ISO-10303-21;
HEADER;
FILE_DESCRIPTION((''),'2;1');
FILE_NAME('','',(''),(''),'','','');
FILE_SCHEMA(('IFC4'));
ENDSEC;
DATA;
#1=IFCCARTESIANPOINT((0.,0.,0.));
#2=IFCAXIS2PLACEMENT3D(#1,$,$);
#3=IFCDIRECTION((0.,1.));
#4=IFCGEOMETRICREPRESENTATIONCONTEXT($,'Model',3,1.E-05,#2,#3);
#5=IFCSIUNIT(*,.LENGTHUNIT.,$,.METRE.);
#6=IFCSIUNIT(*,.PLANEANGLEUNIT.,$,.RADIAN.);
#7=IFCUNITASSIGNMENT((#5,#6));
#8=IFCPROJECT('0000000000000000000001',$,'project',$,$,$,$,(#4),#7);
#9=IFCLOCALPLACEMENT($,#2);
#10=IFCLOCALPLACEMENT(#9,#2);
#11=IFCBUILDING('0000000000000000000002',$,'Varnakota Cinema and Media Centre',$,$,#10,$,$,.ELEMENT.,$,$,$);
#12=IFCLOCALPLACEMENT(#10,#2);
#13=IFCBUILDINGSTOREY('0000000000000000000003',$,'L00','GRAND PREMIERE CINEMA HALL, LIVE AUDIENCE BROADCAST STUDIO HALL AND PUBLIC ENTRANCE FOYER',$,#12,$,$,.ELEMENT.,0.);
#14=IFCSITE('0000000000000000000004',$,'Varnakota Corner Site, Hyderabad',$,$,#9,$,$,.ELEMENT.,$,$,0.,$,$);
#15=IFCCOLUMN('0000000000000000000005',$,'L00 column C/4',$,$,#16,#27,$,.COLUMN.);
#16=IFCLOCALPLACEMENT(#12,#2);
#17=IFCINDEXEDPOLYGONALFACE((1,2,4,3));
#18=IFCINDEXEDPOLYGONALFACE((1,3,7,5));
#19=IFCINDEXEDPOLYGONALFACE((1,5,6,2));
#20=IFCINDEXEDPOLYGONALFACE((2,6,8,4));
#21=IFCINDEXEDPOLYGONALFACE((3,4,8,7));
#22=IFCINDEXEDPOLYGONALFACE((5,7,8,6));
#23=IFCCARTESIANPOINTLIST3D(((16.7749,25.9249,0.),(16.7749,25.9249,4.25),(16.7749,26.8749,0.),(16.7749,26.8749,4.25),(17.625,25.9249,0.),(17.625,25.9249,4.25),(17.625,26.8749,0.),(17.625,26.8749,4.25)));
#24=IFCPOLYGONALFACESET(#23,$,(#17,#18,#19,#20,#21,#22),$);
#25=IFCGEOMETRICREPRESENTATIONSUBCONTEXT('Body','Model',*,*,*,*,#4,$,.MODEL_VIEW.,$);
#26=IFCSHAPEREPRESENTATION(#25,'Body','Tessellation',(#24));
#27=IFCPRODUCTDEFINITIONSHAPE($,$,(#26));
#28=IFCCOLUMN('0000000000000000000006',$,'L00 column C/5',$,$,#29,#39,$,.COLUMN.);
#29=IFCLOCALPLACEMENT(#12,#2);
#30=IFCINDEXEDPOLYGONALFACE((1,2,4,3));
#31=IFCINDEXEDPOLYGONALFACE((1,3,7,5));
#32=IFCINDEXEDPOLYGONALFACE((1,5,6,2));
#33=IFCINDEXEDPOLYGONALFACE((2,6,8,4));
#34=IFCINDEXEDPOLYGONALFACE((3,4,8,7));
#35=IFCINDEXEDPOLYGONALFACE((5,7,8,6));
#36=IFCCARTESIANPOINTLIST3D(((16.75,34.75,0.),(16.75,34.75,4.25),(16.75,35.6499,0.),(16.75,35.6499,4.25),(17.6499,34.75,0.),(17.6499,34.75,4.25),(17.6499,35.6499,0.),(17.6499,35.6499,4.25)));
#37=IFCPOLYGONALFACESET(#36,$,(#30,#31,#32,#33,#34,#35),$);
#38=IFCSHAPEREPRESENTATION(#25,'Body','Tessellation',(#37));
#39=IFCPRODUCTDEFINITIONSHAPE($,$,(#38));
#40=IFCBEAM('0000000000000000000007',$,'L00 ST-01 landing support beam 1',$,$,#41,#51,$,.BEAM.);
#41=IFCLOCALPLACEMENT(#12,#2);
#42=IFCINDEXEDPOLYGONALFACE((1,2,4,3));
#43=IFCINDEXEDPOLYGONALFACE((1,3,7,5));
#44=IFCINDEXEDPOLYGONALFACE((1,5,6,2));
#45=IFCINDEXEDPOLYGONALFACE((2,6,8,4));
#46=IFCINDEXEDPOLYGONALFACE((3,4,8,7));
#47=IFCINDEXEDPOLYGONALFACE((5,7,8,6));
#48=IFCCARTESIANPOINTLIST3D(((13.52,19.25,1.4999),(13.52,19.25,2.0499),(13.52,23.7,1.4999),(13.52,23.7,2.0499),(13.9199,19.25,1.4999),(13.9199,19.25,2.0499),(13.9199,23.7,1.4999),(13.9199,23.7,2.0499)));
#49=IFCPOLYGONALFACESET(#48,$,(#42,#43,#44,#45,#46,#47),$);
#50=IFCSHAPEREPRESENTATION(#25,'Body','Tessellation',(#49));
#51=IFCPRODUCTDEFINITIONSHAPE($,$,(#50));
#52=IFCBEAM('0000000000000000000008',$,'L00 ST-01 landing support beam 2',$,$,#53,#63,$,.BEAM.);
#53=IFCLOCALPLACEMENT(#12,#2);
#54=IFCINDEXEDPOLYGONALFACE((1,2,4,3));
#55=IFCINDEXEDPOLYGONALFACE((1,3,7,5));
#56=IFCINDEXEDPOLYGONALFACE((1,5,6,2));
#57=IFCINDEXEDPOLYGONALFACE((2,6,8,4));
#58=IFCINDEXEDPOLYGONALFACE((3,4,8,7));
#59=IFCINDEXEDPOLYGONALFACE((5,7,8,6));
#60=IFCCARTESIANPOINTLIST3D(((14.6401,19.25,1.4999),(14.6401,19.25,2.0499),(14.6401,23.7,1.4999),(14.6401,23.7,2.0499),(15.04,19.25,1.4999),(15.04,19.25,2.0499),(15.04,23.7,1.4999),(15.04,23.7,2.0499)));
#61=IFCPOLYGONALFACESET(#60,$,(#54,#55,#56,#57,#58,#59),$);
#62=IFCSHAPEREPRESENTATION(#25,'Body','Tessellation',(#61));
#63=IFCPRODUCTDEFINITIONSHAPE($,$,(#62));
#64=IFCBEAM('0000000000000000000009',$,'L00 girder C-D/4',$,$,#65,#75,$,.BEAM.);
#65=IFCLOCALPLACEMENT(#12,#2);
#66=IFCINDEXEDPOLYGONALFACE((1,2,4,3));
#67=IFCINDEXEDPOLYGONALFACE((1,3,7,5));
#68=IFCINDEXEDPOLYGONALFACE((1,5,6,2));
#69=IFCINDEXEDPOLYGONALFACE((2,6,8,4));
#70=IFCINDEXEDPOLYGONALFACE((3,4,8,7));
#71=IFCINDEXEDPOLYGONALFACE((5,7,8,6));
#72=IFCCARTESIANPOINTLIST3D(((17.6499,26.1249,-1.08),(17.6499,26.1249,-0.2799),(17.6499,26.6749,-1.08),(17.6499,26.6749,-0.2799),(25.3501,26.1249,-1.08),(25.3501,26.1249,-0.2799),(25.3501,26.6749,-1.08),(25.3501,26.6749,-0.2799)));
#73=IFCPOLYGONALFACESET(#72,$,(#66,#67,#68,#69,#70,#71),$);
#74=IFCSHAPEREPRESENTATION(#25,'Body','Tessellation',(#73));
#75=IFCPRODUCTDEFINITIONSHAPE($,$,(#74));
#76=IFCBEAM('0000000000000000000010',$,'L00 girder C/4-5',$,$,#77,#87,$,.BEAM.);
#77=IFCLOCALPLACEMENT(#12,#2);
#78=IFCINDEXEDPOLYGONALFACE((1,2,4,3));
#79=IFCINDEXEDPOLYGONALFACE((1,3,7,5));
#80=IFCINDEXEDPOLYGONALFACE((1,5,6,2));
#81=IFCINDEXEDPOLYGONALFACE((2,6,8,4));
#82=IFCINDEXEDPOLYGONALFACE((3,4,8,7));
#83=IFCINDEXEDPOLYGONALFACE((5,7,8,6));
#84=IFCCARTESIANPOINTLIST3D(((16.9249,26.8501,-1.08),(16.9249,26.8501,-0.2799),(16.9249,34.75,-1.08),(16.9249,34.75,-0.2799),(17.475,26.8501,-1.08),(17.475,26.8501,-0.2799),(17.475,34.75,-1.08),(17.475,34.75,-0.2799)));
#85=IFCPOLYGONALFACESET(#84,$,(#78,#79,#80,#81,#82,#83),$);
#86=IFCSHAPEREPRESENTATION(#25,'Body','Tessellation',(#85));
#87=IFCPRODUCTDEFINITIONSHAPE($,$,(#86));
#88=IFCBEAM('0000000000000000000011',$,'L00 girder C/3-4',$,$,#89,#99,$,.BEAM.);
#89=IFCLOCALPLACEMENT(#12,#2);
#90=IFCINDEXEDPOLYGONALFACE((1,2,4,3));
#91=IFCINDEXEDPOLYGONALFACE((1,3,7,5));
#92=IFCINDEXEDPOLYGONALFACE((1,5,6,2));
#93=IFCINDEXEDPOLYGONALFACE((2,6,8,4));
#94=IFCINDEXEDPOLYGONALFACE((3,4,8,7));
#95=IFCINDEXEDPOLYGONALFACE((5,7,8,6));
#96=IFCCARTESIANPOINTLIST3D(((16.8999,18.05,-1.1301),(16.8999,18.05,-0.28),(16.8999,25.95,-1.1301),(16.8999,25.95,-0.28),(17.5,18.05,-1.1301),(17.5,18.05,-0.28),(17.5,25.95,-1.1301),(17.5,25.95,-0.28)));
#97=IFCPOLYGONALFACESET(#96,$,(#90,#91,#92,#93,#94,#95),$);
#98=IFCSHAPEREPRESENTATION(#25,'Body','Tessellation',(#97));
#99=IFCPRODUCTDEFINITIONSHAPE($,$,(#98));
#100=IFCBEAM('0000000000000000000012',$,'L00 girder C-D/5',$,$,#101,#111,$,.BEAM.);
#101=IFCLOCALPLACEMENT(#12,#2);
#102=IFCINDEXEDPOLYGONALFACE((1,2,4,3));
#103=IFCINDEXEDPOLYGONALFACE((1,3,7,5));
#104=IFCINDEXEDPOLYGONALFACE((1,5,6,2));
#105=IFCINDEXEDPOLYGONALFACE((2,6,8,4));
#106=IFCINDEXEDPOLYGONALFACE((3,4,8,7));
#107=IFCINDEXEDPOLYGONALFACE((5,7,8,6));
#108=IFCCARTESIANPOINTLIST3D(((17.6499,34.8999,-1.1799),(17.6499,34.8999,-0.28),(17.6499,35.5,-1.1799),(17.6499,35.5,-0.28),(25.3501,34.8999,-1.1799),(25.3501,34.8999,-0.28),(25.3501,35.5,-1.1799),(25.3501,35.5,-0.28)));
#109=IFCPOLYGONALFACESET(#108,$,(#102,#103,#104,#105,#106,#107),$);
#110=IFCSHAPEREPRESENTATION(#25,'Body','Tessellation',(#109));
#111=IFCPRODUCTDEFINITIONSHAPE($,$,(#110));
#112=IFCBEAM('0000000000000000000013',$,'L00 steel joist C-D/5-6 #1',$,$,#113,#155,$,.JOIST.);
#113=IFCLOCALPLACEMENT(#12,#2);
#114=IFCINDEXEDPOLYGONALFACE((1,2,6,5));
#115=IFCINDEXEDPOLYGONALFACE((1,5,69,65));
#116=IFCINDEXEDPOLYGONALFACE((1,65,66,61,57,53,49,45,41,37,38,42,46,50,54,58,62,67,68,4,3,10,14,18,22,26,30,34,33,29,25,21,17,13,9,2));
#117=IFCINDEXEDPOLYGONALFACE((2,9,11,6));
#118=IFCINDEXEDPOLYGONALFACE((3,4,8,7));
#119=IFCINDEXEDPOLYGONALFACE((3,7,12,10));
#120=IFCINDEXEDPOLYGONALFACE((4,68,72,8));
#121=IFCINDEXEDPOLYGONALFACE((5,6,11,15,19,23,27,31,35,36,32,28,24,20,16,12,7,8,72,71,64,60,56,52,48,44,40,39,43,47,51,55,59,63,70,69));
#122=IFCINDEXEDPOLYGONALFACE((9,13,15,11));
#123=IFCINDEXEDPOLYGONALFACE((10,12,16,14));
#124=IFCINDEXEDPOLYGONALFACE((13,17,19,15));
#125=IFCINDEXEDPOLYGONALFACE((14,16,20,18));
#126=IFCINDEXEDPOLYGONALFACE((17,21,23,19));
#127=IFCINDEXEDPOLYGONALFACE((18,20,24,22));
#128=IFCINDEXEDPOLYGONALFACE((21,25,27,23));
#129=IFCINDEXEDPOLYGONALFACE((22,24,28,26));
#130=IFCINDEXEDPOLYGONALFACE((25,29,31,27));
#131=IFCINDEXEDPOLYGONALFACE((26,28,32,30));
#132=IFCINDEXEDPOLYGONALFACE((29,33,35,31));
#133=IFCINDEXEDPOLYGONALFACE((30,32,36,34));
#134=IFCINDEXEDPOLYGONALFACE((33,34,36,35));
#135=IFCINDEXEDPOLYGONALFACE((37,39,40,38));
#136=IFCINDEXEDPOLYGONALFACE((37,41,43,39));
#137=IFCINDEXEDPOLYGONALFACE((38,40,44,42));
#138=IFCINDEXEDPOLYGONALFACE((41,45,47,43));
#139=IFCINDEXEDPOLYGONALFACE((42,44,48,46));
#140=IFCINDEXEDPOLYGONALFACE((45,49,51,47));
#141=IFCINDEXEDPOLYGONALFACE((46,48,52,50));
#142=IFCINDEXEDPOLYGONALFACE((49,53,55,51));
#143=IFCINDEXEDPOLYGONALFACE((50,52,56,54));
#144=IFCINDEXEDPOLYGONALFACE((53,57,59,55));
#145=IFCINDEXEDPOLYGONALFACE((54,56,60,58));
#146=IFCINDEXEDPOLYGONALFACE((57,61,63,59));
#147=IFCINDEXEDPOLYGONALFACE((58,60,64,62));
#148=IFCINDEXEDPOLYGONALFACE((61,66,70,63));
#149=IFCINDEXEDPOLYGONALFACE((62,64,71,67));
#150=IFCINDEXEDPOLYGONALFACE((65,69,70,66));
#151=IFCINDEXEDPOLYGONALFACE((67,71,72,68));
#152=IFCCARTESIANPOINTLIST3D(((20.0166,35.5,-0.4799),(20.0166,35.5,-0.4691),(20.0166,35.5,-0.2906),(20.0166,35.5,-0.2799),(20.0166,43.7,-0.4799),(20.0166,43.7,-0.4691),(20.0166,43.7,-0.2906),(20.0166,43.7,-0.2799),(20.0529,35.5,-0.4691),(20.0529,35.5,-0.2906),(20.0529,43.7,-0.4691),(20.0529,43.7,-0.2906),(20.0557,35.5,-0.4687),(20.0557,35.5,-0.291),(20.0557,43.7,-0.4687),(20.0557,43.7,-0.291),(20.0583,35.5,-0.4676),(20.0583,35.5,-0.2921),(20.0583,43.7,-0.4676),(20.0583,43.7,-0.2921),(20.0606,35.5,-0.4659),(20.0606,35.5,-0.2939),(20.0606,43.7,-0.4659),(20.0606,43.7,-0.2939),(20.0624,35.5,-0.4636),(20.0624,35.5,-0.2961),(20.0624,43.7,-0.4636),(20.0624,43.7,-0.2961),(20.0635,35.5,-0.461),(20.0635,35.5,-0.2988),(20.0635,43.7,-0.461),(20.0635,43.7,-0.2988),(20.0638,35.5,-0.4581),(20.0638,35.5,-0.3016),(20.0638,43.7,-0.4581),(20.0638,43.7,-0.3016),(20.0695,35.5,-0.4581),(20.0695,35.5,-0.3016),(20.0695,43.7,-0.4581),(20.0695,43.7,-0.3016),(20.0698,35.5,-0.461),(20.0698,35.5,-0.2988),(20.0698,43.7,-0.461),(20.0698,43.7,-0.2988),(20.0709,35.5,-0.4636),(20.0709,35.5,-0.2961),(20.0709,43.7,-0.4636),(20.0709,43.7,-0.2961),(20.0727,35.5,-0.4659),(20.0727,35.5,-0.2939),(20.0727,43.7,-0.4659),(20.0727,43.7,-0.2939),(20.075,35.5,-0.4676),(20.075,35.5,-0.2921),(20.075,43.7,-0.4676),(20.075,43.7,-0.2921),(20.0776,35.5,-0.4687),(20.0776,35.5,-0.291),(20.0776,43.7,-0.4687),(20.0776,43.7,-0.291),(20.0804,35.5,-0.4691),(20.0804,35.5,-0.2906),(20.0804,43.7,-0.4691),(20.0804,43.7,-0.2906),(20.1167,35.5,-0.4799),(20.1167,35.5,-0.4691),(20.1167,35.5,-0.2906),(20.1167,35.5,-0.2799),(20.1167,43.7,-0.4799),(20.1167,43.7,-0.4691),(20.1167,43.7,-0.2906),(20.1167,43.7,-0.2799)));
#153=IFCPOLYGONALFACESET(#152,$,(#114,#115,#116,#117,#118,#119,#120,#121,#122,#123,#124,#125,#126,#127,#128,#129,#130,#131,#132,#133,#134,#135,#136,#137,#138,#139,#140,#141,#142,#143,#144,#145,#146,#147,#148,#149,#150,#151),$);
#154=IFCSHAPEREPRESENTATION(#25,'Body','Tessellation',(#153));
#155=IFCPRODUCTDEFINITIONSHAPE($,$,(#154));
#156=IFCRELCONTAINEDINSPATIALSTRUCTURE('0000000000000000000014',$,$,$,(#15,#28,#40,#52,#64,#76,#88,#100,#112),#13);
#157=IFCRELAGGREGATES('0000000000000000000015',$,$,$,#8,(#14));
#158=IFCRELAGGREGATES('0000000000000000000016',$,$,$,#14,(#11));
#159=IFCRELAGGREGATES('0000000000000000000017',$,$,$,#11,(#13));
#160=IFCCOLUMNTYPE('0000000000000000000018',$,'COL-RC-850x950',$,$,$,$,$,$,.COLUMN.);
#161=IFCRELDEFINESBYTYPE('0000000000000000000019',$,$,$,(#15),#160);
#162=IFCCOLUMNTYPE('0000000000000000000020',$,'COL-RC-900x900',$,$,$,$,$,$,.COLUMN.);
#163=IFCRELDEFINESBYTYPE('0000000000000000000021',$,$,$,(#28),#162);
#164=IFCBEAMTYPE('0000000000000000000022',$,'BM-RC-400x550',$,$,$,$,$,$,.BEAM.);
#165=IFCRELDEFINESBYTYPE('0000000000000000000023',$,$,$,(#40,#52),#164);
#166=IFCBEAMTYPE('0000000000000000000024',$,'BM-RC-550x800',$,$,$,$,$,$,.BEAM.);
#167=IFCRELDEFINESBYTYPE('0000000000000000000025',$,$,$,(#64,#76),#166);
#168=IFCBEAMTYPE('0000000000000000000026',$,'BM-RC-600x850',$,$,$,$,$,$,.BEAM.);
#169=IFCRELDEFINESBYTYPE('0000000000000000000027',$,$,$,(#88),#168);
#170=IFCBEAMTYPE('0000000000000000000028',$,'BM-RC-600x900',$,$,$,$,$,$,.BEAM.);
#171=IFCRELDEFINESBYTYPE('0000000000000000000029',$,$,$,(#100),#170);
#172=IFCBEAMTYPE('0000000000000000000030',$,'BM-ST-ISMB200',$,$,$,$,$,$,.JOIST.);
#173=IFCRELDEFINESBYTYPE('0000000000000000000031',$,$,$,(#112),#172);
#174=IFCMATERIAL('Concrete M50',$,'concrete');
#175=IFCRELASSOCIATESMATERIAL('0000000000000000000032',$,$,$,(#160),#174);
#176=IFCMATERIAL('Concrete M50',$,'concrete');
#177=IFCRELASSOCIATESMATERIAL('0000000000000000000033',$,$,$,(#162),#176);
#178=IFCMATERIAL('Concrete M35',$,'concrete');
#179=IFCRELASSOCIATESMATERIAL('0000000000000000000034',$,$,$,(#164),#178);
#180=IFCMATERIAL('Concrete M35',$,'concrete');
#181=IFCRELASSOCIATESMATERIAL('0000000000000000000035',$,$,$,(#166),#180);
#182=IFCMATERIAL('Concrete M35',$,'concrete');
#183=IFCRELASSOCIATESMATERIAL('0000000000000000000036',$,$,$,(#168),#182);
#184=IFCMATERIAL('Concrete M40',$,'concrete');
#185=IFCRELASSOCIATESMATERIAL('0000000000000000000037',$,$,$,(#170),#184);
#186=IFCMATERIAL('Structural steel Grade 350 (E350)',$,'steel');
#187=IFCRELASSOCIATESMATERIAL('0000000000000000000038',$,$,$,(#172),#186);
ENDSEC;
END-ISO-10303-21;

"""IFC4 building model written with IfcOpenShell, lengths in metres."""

from ifc_helpers import new_model, si_unit, direction, frame, origin, origin_2d, place, context, subcontext, project, spatial, rectangle, i_section, extrude, material, material_profile, profile_set, type_object, element, save


model = new_model("IFC4")

# Units and contexts
model_context = context("Model", 3, precision=1e-05, world=origin(), true_north=direction((0.0, 1.0)))
body_context = subcontext(model_context, "Body", "Model", "MODEL_VIEW")
ifc_project = project(units=[si_unit("LENGTHUNIT", "METRE"), si_unit("PLANEANGLEUNIT", "RADIAN")], contexts=[model_context])

# Site, building, storey
site_placement = place(None, origin())
site = spatial("IfcSite", under=ifc_project, at=site_placement, Name="Varnakota Corner Site, Hyderabad", CompositionType="ELEMENT", RefElevation=0.0)
building_placement = place(site_placement, origin())
building = spatial("IfcBuilding", under=site, at=building_placement, Name="Varnakota Cinema and Media Centre", CompositionType="ELEMENT")
storey_placement = place(building_placement, origin())
storey = spatial("IfcBuildingStorey", under=building, at=storey_placement, Name="L00", Description="GRAND PREMIERE CINEMA HALL, LIVE AUDIENCE BROADCAST STUDIO HALL AND PUBLIC ENTRANCE FOYER", CompositionType="ELEMENT", Elevation=0.0)

# Columns
ifc_material_1 = material(Name="Concrete M50", Category="concrete")
ifc_material_profile_1 = material_profile(ifc_material_1, rectangle(XDim=0.8501, YDim=0.95, at=origin_2d()), Name="RC 850x950")
ifc_profile_set_1 = profile_set([ifc_material_profile_1], Name="Concrete M50")
column_type_1 = type_object("IfcColumnType", Name="COL-RC-850x950", PredefinedType="COLUMN", material=ifc_profile_set_1)
column_1_placement = place(storey_placement, frame((17.2, 26.3999, 0.0), z_axis=(0.0, 0.0, 1.0), x_axis=(1.0, 0.0, 0.0)))
element("IfcColumn", 1, at=column_1_placement, inside=storey, type_object=column_type_1, Name="L00 column C/4", PredefinedType="COLUMN", context=body_context, shape_type="SweptSolid", body=[
    extrude(rectangle(XDim=0.8501, YDim=0.95, at=origin_2d()), origin(), (0.0, 0.0, 1.0), 4.25),
])
ifc_material_2 = material(Name="Concrete M50", Category="concrete")
ifc_material_profile_2 = material_profile(ifc_material_2, rectangle(XDim=0.8999, YDim=0.8999, at=origin_2d()), Name="RC 900x900")
ifc_profile_set_2 = profile_set([ifc_material_profile_2], Name="Concrete M50")
column_type_2 = type_object("IfcColumnType", Name="COL-RC-900x900", PredefinedType="COLUMN", material=ifc_profile_set_2)
column_2_placement = place(storey_placement, frame((17.2, 35.2, 0.0), z_axis=(0.0, 0.0, 1.0), x_axis=(1.0, 0.0, 0.0)))
element("IfcColumn", 2, at=column_2_placement, inside=storey, type_object=column_type_2, Name="L00 column C/5", PredefinedType="COLUMN", context=body_context, shape_type="SweptSolid", body=[
    extrude(rectangle(XDim=0.8999, YDim=0.8999, at=origin_2d()), origin(), (0.0, 0.0, 1.0), 4.25),
])

# Beams
ifc_material_3 = material(Name="Concrete M35", Category="concrete")
ifc_material_profile_3 = material_profile(ifc_material_3, rectangle(XDim=0.3999, YDim=0.55, at=origin_2d()), Name="RCB 400x550")
ifc_profile_set_3 = profile_set([ifc_material_profile_3], Name="Concrete M35")
beam_type_1 = type_object("IfcBeamType", Name="BM-RC-400x550", PredefinedType="BEAM", material=ifc_profile_set_3)
for number, where, z_axis, x_axis, name in (
    (3, (13.72, 19.25, 1.7749), (0.0, 1.0, 0.0), (-1.0, 0.0, 0.0), "L00 ST-01 landing support beam 1"),
    (4, (14.8401, 19.25, 1.7749), (0.0, 1.0, 0.0), (-1.0, 0.0, 0.0), "L00 ST-01 landing support beam 2"),
):
    element("IfcBeam", number, at=place(storey_placement, frame(where, z_axis=z_axis, x_axis=x_axis)), inside=storey, type_object=beam_type_1, Name=name, PredefinedType="BEAM", context=body_context, shape_type="SweptSolid", body=[
        extrude(rectangle(XDim=0.3999, YDim=0.55, at=origin_2d()), origin(), (0.0, 0.0, 1.0), 4.45),
    ])
ifc_material_4 = material(Name="Concrete M35", Category="concrete")
ifc_material_profile_4 = material_profile(ifc_material_4, rectangle(XDim=0.55, YDim=0.8, at=origin_2d()), Name="RCB 550x800")
ifc_profile_set_4 = profile_set([ifc_material_profile_4], Name="Concrete M35")
beam_type_2 = type_object("IfcBeamType", Name="BM-RC-550x800", PredefinedType="BEAM", material=ifc_profile_set_4)
beam_1_placement = place(storey_placement, frame((17.6499, 26.3999, -0.6799), z_axis=(1.0, 0.0, 0.0), x_axis=(0.0, 1.0, 0.0)))
element("IfcBeam", 5, at=beam_1_placement, inside=storey, type_object=beam_type_2, Name="L00 girder C-D/4", PredefinedType="BEAM", context=body_context, shape_type="SweptSolid", body=[
    extrude(rectangle(XDim=0.55, YDim=0.8, at=origin_2d()), origin(), (0.0, 0.0, 1.0), 7.7002),
])
beam_2_placement = place(storey_placement, frame((17.2, 26.8501, -0.6799), z_axis=(0.0, 1.0, 0.0), x_axis=(-1.0, 0.0, 0.0)))
element("IfcBeam", 6, at=beam_2_placement, inside=storey, type_object=beam_type_2, Name="L00 girder C/4-5", PredefinedType="BEAM", context=body_context, shape_type="SweptSolid", body=[
    extrude(rectangle(XDim=0.55, YDim=0.8, at=origin_2d()), origin(), (0.0, 0.0, 1.0), 7.8999),
])
ifc_material_5 = material(Name="Concrete M35", Category="concrete")
ifc_material_profile_5 = material_profile(ifc_material_5, rectangle(XDim=0.6001, YDim=0.8501, at=origin_2d()), Name="RCB 600x850")
ifc_profile_set_5 = profile_set([ifc_material_profile_5], Name="Concrete M35")
beam_type_3 = type_object("IfcBeamType", Name="BM-RC-600x850", PredefinedType="BEAM", material=ifc_profile_set_5)
beam_3_placement = place(storey_placement, frame((17.2, 18.05, -0.7051), z_axis=(0.0, 1.0, 0.0), x_axis=(-1.0, 0.0, 0.0)))
element("IfcBeam", 7, at=beam_3_placement, inside=storey, type_object=beam_type_3, Name="L00 girder C/3-4", PredefinedType="BEAM", context=body_context, shape_type="SweptSolid", body=[
    extrude(rectangle(XDim=0.6001, YDim=0.8501, at=origin_2d()), origin(), (0.0, 0.0, 1.0), 7.8999),
])
ifc_material_6 = material(Name="Concrete M40", Category="concrete")
ifc_material_profile_6 = material_profile(ifc_material_6, rectangle(XDim=0.6001, YDim=0.8999, at=origin_2d()), Name="RCB 600x900")
ifc_profile_set_6 = profile_set([ifc_material_profile_6], Name="Concrete M40")
beam_type_4 = type_object("IfcBeamType", Name="BM-RC-600x900", PredefinedType="BEAM", material=ifc_profile_set_6)
beam_4_placement = place(storey_placement, frame((17.6499, 35.2, -0.73), z_axis=(1.0, 0.0, 0.0), x_axis=(0.0, 1.0, 0.0)))
element("IfcBeam", 8, at=beam_4_placement, inside=storey, type_object=beam_type_4, Name="L00 girder C-D/5", PredefinedType="BEAM", context=body_context, shape_type="SweptSolid", body=[
    extrude(rectangle(XDim=0.6001, YDim=0.8999, at=origin_2d()), origin(), (0.0, 0.0, 1.0), 7.7002),
])
ifc_material_7 = material(Name="Structural steel Grade 350 (E350)", Category="steel")
ifc_material_profile_7 = material_profile(ifc_material_7, i_section(OverallWidth=0.1001, OverallDepth=0.2, WebThickness=0.0056, FlangeThickness=0.0107, FilletRadius=0.011, at=origin_2d()), Name="ISMB 200")
ifc_profile_set_7 = profile_set([ifc_material_profile_7], Name="Structural steel Grade 350 (E350)")
beam_type_5 = type_object("IfcBeamType", Name="BM-ST-ISMB200", PredefinedType="JOIST", material=ifc_profile_set_7)
beam_5_placement = place(storey_placement, frame((20.0667, 35.5, -0.3799), z_axis=(0.0, 1.0, 0.0), x_axis=(-1.0, 0.0, 0.0)))
element("IfcBeam", 9, at=beam_5_placement, inside=storey, type_object=beam_type_5, Name="L00 steel joist C-D/5-6 #1", PredefinedType="JOIST", context=body_context, shape_type="SweptSolid", body=[
    extrude(i_section(OverallWidth=0.1001, OverallDepth=0.2, WebThickness=0.0056, FlangeThickness=0.0107, FilletRadius=0.011, at=origin_2d()), origin(), (0.0, 0.0, 1.0), 8.2),
])

save(model, "model.ifc")
